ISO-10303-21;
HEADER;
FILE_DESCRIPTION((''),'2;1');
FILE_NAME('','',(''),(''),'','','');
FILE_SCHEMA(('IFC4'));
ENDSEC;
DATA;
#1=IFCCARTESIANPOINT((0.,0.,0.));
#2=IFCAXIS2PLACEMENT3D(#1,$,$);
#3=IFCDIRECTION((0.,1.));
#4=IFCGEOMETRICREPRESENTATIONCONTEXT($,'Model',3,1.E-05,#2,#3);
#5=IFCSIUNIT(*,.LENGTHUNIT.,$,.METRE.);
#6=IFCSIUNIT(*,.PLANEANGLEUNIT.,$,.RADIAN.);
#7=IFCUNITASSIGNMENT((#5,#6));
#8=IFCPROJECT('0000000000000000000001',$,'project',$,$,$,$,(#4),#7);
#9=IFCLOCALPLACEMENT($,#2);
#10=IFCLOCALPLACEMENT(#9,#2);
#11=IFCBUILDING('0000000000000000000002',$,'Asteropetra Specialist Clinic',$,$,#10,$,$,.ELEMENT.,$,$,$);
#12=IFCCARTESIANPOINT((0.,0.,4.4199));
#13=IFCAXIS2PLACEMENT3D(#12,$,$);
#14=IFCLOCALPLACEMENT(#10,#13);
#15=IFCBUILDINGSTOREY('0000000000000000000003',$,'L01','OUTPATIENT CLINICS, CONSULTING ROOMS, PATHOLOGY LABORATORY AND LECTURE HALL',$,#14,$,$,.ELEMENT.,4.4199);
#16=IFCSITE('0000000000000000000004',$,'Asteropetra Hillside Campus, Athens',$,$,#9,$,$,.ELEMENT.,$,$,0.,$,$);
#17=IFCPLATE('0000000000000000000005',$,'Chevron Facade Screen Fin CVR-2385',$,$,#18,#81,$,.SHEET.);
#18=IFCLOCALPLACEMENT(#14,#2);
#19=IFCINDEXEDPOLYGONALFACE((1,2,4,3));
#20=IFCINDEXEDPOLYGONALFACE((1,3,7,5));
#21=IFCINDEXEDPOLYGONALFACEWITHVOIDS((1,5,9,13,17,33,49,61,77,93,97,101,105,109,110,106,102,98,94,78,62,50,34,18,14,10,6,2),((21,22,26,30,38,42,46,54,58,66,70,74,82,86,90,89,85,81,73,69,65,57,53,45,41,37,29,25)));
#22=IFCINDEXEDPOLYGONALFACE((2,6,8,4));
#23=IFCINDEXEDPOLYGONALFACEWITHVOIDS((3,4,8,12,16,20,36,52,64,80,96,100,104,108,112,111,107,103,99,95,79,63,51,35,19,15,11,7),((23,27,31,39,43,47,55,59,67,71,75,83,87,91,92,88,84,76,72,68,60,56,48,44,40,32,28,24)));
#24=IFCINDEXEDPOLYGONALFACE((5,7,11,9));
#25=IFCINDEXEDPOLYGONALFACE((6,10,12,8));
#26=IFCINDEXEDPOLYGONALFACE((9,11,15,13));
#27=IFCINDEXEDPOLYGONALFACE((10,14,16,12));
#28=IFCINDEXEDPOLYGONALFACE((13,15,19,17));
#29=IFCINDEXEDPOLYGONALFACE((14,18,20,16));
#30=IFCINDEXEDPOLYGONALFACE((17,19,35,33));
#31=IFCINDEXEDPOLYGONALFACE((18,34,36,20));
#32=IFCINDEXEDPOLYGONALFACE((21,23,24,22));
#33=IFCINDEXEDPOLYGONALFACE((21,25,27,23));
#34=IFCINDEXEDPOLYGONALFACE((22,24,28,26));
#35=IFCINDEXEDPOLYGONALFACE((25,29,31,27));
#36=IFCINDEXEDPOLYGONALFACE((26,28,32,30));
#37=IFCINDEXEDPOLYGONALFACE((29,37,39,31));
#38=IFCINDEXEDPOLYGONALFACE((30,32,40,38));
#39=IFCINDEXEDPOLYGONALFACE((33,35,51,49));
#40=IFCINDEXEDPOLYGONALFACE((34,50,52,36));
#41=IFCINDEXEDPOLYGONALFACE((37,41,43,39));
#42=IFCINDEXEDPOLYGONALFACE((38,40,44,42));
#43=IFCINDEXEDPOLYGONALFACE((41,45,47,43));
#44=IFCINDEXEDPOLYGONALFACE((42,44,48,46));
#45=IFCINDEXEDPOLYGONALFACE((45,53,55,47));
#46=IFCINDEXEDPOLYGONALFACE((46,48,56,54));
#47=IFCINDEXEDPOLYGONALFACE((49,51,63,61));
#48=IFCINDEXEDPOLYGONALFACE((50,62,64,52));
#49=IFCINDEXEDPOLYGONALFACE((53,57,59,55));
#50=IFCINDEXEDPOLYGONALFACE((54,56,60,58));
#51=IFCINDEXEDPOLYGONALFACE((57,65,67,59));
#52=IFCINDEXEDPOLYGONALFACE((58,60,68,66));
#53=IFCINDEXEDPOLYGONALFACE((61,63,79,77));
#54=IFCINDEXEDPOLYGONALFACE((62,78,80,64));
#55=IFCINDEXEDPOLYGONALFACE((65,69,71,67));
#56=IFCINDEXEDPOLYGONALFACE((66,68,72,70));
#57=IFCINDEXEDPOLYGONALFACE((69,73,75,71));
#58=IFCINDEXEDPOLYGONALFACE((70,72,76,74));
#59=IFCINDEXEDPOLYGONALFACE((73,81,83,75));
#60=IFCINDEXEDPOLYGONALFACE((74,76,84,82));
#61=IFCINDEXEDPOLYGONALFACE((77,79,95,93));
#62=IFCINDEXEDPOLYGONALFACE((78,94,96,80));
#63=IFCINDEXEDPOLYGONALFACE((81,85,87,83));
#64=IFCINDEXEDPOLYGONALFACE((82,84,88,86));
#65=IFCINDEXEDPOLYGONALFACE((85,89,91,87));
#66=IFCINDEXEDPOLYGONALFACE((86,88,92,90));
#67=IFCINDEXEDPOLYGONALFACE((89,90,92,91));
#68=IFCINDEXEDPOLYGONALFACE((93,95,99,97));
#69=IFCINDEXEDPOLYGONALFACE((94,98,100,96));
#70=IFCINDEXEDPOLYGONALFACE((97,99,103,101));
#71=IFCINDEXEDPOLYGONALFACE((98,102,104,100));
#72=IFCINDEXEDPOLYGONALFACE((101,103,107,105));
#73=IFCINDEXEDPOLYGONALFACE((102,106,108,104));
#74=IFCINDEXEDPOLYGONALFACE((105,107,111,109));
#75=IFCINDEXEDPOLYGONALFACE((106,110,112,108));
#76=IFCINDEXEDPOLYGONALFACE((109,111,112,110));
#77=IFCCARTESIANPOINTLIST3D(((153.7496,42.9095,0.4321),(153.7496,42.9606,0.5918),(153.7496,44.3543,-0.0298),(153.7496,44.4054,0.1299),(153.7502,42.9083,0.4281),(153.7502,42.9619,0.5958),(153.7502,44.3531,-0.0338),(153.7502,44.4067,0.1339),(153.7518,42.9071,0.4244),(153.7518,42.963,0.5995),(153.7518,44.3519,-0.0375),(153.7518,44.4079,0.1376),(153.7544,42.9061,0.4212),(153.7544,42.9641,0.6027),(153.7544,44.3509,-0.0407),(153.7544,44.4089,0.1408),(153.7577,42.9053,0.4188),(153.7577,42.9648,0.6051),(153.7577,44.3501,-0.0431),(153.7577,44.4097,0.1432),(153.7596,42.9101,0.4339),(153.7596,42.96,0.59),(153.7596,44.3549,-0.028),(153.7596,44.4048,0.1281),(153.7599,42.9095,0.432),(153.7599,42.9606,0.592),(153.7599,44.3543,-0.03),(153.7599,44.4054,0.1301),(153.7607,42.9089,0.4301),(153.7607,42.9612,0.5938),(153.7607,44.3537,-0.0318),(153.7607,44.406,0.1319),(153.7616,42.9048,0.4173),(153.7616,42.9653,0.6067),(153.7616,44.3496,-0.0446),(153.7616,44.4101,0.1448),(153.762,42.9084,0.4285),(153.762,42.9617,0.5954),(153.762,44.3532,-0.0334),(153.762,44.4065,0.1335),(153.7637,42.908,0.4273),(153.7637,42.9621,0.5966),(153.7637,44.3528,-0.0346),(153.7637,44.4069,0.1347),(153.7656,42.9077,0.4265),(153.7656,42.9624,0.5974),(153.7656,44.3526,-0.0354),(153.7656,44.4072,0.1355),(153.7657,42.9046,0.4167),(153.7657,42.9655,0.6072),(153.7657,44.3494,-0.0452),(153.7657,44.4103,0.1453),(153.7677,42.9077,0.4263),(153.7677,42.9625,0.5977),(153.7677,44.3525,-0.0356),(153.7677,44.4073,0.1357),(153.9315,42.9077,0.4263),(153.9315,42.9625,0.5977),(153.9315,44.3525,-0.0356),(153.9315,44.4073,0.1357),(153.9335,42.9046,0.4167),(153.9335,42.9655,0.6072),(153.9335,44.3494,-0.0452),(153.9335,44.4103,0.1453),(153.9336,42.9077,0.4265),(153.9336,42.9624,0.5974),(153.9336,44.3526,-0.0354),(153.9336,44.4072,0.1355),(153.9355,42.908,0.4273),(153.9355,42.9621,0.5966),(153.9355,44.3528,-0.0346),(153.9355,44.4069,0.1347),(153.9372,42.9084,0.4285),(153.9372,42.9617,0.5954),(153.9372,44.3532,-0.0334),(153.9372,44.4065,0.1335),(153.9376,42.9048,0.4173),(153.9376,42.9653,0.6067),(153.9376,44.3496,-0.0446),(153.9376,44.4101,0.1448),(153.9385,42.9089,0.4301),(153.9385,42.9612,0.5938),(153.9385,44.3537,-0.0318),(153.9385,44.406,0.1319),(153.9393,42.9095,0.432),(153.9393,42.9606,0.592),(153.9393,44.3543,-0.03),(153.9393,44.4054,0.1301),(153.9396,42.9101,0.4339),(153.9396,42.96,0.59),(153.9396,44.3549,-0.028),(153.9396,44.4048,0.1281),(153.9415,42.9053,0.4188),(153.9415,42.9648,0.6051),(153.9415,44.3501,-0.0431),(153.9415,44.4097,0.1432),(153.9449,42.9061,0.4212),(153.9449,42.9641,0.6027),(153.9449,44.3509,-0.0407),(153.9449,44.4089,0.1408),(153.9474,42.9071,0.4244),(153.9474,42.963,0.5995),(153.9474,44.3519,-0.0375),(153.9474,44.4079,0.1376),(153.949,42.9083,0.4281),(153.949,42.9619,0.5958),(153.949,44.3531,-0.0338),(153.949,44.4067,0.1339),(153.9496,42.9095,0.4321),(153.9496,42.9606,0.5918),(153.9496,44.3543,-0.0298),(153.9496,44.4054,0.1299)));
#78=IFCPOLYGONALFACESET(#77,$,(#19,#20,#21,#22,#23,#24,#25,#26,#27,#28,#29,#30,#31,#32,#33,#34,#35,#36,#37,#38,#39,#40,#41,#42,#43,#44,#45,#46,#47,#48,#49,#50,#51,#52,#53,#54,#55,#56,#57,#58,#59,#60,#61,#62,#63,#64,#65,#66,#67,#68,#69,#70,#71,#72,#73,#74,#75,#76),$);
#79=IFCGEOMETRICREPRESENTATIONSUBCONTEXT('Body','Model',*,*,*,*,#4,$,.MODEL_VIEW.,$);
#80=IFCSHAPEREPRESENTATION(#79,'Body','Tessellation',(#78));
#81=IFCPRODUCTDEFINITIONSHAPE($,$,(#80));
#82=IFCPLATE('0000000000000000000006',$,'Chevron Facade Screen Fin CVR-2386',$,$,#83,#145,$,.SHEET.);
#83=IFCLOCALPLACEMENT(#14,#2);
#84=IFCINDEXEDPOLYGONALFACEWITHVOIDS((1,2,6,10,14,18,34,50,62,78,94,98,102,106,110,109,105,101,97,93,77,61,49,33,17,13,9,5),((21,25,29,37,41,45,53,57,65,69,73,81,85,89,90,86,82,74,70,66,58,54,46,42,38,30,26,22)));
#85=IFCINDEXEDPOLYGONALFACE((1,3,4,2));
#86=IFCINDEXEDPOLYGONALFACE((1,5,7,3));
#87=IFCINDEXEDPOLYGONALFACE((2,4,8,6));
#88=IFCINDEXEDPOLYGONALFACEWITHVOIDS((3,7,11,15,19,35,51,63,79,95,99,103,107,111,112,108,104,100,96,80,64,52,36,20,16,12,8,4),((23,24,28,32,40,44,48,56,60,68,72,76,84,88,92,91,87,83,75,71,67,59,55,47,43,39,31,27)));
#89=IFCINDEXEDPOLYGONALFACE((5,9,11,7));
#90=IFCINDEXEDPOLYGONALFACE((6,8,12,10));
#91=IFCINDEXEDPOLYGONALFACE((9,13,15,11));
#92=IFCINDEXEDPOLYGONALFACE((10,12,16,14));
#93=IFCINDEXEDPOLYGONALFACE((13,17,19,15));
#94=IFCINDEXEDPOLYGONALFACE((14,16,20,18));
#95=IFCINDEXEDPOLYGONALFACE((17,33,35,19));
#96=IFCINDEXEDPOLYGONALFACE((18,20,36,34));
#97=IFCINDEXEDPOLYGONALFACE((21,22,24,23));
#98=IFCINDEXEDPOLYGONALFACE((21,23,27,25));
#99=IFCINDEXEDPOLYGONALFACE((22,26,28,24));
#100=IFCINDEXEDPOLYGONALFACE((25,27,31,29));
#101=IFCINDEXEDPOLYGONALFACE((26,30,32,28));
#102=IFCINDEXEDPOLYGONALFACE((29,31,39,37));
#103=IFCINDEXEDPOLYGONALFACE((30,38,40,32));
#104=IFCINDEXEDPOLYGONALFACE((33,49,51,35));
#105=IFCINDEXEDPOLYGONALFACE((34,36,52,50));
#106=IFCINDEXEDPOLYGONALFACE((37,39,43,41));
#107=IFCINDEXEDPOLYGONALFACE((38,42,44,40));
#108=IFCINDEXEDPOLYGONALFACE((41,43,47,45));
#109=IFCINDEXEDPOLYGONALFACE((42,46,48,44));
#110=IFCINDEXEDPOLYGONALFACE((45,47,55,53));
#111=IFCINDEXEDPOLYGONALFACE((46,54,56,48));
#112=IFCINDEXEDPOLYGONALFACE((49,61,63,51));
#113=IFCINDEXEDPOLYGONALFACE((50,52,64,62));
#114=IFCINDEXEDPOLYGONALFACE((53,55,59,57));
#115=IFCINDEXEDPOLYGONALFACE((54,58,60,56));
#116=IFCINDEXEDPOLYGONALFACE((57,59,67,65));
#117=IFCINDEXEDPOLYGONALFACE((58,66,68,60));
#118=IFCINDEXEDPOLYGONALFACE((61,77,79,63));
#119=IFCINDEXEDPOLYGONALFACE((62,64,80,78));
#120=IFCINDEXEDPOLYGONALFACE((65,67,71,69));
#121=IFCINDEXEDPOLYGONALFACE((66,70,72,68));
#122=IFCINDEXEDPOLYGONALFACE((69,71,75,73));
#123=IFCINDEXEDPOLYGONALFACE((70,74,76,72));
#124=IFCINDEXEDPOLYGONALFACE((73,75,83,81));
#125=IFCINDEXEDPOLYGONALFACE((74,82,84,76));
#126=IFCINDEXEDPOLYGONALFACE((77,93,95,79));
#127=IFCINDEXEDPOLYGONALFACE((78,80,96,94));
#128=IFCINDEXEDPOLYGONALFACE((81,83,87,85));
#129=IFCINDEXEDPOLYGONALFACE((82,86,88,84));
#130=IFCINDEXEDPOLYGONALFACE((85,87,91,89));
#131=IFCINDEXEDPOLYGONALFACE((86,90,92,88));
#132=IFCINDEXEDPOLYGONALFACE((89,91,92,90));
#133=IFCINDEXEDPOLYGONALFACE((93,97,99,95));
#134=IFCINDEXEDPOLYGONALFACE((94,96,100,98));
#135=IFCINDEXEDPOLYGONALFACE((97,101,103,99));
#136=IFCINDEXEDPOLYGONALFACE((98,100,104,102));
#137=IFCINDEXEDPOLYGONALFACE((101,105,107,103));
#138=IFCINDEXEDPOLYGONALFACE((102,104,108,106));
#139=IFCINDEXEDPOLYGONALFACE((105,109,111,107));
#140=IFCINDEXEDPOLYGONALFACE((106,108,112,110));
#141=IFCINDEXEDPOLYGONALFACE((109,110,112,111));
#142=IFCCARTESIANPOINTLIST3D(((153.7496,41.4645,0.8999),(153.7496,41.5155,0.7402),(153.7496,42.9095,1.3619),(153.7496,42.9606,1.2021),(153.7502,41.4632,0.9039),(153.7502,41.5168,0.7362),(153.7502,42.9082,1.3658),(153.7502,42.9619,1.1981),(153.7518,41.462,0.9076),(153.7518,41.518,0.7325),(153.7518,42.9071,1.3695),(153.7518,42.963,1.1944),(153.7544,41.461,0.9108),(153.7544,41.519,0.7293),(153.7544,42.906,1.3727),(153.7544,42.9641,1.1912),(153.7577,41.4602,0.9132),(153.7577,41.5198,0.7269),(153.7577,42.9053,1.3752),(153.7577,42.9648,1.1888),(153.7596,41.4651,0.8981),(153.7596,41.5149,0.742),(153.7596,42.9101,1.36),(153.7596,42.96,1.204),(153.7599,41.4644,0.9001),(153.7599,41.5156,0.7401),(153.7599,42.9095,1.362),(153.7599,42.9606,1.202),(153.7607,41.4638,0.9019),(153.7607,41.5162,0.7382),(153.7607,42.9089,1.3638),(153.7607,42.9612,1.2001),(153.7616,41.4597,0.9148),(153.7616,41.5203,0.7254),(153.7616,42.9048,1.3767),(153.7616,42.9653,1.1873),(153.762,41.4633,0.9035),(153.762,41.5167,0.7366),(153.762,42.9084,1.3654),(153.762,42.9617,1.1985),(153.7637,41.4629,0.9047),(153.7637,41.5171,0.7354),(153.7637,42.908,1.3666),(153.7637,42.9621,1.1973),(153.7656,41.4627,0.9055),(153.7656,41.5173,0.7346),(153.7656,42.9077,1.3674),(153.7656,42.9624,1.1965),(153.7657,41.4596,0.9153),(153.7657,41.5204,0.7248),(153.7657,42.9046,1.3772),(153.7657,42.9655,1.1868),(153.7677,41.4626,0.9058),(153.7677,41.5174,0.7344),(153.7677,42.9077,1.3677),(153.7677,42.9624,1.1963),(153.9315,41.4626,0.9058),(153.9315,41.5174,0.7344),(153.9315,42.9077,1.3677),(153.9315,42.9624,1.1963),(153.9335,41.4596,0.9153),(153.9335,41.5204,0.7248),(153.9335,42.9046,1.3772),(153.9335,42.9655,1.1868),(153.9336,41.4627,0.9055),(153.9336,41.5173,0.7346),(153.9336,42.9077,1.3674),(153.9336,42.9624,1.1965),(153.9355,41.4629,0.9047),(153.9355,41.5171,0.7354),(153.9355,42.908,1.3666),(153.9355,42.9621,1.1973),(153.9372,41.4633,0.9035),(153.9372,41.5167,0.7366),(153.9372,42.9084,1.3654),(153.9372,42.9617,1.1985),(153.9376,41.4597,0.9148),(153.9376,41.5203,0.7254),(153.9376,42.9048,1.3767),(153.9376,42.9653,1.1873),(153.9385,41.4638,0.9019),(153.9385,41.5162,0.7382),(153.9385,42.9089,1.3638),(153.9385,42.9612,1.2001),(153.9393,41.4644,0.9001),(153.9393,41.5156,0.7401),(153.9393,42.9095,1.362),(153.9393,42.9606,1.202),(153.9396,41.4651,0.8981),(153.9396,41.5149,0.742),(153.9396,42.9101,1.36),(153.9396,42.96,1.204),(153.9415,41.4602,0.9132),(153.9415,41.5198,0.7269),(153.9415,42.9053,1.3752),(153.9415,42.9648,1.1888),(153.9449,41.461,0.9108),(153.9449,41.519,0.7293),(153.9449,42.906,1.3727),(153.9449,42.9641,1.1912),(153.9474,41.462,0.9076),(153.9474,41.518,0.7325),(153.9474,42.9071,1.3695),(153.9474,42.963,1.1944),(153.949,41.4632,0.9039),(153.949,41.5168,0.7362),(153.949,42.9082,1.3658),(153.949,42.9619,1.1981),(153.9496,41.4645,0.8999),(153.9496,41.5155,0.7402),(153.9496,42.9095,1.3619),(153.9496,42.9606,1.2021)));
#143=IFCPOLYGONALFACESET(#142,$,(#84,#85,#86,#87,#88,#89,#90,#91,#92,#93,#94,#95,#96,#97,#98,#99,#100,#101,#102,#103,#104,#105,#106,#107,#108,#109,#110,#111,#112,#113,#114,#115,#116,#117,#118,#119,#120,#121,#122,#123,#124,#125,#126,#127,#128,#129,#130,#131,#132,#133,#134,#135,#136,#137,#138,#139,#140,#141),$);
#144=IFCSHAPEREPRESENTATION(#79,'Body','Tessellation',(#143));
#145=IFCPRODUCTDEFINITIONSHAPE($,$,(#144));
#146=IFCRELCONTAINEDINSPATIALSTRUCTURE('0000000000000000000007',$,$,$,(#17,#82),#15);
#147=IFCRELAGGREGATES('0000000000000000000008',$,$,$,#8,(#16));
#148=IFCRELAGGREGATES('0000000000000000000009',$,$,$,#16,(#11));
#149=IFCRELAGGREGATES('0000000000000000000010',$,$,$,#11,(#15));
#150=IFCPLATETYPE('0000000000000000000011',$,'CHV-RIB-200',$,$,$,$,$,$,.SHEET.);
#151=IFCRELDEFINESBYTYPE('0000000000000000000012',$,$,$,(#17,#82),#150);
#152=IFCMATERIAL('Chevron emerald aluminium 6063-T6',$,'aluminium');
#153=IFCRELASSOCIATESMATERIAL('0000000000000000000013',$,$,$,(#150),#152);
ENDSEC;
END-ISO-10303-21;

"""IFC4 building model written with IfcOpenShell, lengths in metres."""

from ifc_helpers import new_model, si_unit, direction, frame, origin, origin_2d, place, context, subcontext, project, spatial, hollow_rectangle, extrude, material, material_profile, profile_set, type_object, element, save


model = new_model("IFC4")

# Units and contexts
model_context = context("Model", 3, precision=1e-05, world=origin(), true_north=direction((0.0, 1.0)))
body_context = subcontext(model_context, "Body", "Model", "MODEL_VIEW")
ifc_project = project(units=[si_unit("LENGTHUNIT", "METRE"), si_unit("PLANEANGLEUNIT", "RADIAN")], contexts=[model_context])

# Site, building, storey
site_placement = place(None, origin())
site = spatial("IfcSite", under=ifc_project, at=site_placement, Name="Asteropetra Hillside Campus, Athens", CompositionType="ELEMENT", RefElevation=0.0)
building_placement = place(site_placement, origin())
building = spatial("IfcBuilding", under=site, at=building_placement, Name="Asteropetra Specialist Clinic", CompositionType="ELEMENT")
storey_placement = place(building_placement, frame((0.0, 0.0, 4.4199)))
storey = spatial("IfcBuildingStorey", under=building, at=storey_placement, Name="L01", Description="OUTPATIENT CLINICS, CONSULTING ROOMS, PATHOLOGY LABORATORY AND LECTURE HALL", CompositionType="ELEMENT", Elevation=4.4199)

# Plates
ifc_material_1 = material(Name="Chevron emerald aluminium 6063-T6", Category="aluminium")
ifc_material_profile_1 = material_profile(ifc_material_1, hollow_rectangle(XDim=0.2, YDim=0.2, WallThickness=0.01, InnerFilletRadius=0.0081, OuterFilletRadius=0.0161, at=origin_2d()), Name="SHS 200x200x10.0")
ifc_profile_set_1 = profile_set([ifc_material_profile_1], Name="Chevron emerald aluminium 6063-T6")
plate_type = type_object("IfcPlateType", Name="CHV-RIB-200", PredefinedType="SHEET", material=ifc_profile_set_1)
plate_1_placement = place(storey_placement, frame((153.8496, 42.9351, 0.512), z_axis=(0.0, 0.952506, -0.304519), x_axis=(-1.0, 0.0, 0.0)))
element("IfcPlate", 1, at=plate_1_placement, inside=storey, type_object=plate_type, Name="Chevron Facade Screen Fin CVR-2385", PredefinedType="SHEET", context=body_context, shape_type="SweptSolid", body=[
    extrude(hollow_rectangle(XDim=0.2, YDim=0.2, WallThickness=0.01, InnerFilletRadius=0.0081, OuterFilletRadius=0.0161, at=origin_2d()), origin(), (0.0, 0.0, 1.0), 1.5168),
])
for number, where, z_axis, x_axis, name in (
    (2, (153.8496, 41.49, 0.8201), (0.0, 0.952521, 0.304472), (-1.0, 0.0, 0.0), "Chevron Facade Screen Fin CVR-2386"),
):
    element("IfcPlate", number, at=place(storey_placement, frame(where, z_axis=z_axis, x_axis=x_axis)), inside=storey, type_object=plate_type, Name=name, PredefinedType="SHEET", context=body_context, shape_type="SweptSolid", body=[
        extrude(hollow_rectangle(XDim=0.2, YDim=0.2, WallThickness=0.01, InnerFilletRadius=0.0081, OuterFilletRadius=0.0161, at=origin_2d()), origin(), (0.0, 0.0, 1.0), 1.5171),
    ])

save(model, "model.ifc")
